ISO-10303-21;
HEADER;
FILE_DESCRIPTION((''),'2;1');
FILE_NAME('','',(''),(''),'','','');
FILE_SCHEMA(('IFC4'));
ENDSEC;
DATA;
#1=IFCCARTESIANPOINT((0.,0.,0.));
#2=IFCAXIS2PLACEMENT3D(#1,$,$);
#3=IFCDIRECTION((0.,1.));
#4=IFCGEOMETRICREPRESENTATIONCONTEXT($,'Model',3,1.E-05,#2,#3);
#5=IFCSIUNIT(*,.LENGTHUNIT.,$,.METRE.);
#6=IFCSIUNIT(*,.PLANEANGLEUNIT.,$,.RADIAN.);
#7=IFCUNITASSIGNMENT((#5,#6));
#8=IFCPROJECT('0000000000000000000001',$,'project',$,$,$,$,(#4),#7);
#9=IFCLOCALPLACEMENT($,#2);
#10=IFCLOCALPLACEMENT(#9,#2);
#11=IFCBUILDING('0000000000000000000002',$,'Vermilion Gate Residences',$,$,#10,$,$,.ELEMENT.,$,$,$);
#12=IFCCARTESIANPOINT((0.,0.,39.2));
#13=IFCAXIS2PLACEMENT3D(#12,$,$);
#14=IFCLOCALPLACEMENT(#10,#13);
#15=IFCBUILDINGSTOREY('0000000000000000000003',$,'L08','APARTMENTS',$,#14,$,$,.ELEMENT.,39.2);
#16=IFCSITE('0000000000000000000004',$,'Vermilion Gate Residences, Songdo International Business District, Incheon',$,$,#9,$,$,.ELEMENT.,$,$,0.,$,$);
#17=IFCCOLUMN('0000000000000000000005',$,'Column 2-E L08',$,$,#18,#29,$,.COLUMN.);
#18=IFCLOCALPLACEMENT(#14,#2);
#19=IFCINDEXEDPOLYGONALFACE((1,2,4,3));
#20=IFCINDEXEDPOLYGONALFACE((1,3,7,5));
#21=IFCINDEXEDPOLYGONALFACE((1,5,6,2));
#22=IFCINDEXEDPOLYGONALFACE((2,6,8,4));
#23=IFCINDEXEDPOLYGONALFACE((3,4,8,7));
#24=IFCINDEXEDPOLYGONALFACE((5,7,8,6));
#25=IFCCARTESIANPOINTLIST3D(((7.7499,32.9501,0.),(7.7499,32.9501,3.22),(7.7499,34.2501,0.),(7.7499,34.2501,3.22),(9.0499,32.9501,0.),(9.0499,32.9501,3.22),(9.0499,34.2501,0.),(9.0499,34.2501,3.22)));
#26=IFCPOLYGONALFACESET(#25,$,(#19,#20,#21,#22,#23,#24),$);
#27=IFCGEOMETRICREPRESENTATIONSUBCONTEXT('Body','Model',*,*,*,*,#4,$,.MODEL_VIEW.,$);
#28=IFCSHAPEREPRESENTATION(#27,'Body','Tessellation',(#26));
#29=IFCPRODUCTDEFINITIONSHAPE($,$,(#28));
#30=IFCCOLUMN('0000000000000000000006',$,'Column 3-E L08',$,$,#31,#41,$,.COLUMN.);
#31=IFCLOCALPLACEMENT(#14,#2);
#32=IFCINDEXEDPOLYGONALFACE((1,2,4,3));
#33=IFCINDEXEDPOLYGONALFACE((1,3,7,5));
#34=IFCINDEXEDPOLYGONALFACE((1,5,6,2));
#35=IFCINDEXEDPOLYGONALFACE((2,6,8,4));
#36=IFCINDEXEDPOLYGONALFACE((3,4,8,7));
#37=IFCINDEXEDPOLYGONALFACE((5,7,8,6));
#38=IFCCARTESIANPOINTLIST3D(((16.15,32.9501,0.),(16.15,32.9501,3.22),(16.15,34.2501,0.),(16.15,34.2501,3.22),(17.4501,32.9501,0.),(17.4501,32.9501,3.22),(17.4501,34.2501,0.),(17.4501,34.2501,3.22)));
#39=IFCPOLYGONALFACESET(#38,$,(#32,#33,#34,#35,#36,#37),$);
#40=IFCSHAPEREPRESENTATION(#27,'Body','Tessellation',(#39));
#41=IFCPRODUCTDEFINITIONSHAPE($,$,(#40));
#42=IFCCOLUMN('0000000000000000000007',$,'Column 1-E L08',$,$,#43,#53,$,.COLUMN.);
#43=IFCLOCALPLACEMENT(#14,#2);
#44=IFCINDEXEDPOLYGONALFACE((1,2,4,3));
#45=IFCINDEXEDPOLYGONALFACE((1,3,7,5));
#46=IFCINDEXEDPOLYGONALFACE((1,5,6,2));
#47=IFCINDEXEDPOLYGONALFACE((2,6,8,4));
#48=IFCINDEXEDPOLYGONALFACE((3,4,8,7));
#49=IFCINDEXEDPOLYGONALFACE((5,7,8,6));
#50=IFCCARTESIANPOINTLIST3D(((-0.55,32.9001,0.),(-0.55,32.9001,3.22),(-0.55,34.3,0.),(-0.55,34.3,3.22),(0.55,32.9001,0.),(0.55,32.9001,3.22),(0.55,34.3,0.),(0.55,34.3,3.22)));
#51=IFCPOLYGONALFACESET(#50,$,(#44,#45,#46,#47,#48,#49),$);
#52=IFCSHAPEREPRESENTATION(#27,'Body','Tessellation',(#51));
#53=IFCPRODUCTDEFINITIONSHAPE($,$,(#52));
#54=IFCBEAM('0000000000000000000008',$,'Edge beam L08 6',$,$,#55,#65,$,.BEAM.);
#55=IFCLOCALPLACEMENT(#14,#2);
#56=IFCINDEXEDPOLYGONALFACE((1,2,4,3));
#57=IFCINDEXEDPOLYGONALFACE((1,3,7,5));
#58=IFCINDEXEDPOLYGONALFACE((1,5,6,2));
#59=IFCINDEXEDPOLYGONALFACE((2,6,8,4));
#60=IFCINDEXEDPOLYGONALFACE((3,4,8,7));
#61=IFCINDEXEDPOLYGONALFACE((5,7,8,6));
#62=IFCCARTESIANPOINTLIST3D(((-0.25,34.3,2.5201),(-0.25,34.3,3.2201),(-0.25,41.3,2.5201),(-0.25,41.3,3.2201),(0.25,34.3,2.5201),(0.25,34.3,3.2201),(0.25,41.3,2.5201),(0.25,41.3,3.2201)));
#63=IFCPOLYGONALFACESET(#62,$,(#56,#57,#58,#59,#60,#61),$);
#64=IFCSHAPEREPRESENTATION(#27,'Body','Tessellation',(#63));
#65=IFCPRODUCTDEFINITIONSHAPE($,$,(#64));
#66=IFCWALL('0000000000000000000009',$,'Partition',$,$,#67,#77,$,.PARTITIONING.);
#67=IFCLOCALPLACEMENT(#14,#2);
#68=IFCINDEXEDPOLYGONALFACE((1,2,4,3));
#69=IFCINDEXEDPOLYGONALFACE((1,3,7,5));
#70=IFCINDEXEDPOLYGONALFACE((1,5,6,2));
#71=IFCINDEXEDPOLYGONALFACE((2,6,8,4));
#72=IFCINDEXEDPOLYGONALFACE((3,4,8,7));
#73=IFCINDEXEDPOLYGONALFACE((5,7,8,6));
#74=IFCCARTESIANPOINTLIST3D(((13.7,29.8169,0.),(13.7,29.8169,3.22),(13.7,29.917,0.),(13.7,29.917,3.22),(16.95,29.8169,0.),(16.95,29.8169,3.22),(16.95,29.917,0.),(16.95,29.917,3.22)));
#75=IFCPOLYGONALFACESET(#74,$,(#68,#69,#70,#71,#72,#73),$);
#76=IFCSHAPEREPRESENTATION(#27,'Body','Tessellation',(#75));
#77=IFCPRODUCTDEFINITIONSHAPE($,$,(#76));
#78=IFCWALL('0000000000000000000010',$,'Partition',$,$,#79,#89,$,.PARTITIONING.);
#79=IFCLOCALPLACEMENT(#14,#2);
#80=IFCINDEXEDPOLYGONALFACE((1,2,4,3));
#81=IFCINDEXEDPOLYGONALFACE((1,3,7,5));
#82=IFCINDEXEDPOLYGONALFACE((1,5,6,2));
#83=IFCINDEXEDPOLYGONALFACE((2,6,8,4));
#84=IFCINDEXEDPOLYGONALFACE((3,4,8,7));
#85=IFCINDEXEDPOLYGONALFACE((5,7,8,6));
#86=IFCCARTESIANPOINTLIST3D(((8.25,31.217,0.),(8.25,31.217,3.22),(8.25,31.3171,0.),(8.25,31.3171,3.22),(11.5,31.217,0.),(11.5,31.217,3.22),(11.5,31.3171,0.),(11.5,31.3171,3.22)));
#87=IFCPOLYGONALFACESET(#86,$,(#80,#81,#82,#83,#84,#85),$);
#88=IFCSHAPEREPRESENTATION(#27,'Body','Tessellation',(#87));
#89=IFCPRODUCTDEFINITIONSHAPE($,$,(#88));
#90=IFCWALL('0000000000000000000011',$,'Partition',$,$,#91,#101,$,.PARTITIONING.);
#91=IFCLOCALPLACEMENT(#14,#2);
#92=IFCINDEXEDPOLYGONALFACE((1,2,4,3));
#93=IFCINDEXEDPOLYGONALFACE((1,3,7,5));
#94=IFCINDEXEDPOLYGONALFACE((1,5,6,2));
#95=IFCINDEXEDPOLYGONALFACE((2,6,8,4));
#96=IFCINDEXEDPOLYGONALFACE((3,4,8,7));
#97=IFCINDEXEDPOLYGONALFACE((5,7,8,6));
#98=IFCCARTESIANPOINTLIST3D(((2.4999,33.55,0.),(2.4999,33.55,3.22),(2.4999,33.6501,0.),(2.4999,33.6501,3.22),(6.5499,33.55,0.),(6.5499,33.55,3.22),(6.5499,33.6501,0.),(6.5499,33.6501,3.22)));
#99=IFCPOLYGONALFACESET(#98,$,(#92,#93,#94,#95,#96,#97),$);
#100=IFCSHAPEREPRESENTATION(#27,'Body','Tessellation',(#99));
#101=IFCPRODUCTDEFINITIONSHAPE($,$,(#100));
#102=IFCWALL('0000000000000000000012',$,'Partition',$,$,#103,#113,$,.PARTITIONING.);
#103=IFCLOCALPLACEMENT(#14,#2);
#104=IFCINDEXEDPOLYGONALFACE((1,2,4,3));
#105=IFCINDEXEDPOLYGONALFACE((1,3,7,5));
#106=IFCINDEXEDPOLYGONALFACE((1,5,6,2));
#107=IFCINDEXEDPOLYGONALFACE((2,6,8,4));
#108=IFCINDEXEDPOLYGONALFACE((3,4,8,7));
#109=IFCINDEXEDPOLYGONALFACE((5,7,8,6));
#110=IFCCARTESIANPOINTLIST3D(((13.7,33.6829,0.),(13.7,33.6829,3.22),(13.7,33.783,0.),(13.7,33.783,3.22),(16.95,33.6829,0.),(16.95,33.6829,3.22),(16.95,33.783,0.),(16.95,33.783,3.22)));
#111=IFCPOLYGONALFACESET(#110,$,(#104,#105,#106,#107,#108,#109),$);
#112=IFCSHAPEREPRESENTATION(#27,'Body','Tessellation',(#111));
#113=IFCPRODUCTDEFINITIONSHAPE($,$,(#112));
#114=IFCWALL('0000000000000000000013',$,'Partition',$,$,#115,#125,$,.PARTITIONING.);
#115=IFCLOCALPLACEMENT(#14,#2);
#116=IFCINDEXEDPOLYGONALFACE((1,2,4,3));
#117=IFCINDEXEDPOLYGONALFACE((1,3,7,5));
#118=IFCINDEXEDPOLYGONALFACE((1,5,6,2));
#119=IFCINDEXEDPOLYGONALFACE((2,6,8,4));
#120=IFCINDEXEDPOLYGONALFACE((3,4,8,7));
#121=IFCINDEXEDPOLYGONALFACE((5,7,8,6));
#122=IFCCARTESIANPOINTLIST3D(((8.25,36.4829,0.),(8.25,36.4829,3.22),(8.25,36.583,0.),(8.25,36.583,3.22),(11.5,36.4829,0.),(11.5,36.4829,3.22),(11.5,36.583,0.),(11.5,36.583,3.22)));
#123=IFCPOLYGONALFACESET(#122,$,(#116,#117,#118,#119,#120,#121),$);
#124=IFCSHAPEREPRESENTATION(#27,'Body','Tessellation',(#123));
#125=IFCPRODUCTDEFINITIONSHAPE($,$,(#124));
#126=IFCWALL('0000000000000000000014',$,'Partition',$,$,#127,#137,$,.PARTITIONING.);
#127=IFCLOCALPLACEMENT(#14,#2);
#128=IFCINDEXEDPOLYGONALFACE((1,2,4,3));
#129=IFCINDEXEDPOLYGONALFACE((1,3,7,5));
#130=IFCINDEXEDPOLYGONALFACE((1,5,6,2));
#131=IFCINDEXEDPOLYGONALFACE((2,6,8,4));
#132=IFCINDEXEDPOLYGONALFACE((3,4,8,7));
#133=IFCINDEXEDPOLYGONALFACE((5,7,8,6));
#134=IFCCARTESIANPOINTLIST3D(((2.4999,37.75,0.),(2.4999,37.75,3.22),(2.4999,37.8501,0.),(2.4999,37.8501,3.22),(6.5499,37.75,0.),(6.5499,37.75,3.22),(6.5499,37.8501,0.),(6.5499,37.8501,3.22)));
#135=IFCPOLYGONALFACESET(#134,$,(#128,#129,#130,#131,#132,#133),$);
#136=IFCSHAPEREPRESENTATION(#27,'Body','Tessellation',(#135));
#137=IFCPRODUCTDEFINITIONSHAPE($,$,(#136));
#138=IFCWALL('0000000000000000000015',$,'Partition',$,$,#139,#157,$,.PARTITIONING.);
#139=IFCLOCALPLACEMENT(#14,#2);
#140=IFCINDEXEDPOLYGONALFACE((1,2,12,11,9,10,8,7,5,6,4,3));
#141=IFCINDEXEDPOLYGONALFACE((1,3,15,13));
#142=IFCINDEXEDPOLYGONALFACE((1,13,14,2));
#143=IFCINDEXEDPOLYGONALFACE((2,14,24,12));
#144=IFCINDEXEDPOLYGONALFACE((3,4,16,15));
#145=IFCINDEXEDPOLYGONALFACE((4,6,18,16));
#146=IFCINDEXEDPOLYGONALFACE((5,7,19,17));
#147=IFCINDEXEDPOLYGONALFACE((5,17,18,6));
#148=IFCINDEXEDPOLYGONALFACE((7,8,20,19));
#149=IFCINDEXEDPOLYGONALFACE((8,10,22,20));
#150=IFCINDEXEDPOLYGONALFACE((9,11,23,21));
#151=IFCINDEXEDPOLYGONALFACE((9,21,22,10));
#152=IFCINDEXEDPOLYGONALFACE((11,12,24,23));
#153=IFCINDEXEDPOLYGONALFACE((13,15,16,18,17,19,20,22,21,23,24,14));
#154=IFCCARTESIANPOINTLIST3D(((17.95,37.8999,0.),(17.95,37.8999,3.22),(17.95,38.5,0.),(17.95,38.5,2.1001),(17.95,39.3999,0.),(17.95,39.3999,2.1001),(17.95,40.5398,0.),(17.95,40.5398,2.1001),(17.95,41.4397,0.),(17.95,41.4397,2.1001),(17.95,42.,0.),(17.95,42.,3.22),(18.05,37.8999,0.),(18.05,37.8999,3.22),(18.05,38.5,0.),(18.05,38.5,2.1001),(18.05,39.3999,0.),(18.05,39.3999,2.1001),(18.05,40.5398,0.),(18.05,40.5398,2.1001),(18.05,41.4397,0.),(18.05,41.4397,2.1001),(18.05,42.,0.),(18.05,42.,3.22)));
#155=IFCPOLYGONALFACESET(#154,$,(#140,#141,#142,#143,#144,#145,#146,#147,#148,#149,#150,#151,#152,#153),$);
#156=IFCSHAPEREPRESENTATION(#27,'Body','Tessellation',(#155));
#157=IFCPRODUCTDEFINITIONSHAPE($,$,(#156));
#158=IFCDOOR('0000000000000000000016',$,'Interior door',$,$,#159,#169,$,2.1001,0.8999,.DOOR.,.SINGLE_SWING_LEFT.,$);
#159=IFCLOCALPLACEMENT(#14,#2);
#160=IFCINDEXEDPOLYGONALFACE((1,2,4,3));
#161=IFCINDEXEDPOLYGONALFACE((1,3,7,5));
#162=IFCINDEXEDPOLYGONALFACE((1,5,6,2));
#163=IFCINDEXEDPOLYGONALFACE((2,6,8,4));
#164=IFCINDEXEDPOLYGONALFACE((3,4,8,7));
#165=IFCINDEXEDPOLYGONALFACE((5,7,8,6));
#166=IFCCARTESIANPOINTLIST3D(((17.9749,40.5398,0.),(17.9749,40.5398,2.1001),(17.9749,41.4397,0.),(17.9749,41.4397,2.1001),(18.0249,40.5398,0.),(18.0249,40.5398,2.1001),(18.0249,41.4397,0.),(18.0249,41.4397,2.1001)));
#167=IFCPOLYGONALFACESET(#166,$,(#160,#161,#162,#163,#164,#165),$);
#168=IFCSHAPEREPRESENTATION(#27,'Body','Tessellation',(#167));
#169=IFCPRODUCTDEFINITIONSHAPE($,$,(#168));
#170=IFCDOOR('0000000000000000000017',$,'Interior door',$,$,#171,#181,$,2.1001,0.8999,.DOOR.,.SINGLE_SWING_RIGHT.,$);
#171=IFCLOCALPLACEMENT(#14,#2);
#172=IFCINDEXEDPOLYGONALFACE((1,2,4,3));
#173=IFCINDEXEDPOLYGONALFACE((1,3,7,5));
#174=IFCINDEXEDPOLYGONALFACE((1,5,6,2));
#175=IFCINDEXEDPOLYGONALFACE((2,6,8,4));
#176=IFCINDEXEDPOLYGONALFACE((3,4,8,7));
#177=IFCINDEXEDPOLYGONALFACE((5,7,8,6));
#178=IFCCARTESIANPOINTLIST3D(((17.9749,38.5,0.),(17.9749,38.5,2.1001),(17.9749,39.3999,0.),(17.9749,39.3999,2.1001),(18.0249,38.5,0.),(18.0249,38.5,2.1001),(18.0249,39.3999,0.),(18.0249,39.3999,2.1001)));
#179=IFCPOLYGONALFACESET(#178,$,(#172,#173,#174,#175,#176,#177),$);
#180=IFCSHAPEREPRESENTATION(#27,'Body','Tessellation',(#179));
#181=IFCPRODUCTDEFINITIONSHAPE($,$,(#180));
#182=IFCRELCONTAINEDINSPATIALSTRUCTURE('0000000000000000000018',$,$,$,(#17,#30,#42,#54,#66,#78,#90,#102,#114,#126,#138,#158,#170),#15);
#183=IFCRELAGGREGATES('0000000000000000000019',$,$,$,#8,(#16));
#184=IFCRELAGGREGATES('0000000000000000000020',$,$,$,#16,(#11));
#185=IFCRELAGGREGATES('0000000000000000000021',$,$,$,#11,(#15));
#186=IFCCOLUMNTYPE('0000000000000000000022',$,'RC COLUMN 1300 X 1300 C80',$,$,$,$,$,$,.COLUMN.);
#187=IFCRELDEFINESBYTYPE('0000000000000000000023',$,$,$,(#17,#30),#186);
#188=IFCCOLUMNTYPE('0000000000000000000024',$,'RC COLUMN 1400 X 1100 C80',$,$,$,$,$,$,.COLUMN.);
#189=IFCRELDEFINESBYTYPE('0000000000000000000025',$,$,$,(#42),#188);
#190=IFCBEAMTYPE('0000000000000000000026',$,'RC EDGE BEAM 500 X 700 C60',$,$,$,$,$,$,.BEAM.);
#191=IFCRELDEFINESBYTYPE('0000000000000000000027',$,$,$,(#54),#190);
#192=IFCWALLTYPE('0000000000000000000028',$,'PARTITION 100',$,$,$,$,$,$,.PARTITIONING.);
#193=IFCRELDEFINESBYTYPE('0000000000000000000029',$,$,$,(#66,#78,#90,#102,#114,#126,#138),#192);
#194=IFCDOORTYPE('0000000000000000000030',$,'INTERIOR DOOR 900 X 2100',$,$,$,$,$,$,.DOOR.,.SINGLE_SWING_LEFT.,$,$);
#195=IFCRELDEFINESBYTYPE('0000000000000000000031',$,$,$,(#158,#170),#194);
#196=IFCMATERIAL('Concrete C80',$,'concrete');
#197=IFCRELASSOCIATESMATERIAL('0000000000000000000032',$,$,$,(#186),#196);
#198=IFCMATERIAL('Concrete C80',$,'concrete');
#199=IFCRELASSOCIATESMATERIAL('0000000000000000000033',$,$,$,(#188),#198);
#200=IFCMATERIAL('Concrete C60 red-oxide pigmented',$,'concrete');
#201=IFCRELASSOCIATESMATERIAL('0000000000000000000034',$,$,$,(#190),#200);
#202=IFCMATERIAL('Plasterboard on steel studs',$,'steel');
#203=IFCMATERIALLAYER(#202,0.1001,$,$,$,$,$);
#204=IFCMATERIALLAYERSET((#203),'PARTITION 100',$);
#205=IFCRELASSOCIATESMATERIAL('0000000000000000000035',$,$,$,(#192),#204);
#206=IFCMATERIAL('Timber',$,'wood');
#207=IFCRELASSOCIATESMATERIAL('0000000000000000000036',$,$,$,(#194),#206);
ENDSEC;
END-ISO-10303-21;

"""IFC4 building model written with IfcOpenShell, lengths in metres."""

from ifc_helpers import new_model, si_unit, direction, frame, frame_2d, origin, origin_2d, place, context, subcontext, project, spatial, rectangle, extrude, material, layer, layer_set, material_profile, profile_set, type_object, element, fill, save


model = new_model("IFC4")

# Units and contexts
model_context = context("Model", 3, precision=1e-05, world=origin(), true_north=direction((0.0, 1.0)))
body_context = subcontext(model_context, "Body", "Model", "MODEL_VIEW")
ifc_project = project(units=[si_unit("LENGTHUNIT", "METRE"), si_unit("PLANEANGLEUNIT", "RADIAN")], contexts=[model_context])

# Site, building, storey
site_placement = place(None, origin())
site = spatial("IfcSite", under=ifc_project, at=site_placement, Name="Vermilion Gate Residences, Songdo International Business District, Incheon", CompositionType="ELEMENT", RefElevation=0.0)
building_placement = place(site_placement, origin())
building = spatial("IfcBuilding", under=site, at=building_placement, Name="Vermilion Gate Residences", CompositionType="ELEMENT")
storey_placement = place(building_placement, frame((0.0, 0.0, 39.2)))
storey = spatial("IfcBuildingStorey", under=building, at=storey_placement, Name="L08", Description="APARTMENTS", CompositionType="ELEMENT", Elevation=39.2)

# Columns
ifc_material_1 = material(Name="Concrete C80", Category="concrete")
ifc_material_profile_1 = material_profile(ifc_material_1, rectangle(XDim=1.3, YDim=1.3, at=origin_2d()), Name="RC-1300x1300")
ifc_profile_set_1 = profile_set([ifc_material_profile_1], Name="Concrete C80")
column_type_1 = type_object("IfcColumnType", Name="RC COLUMN 1300 X 1300 C80", PredefinedType="COLUMN", material=ifc_profile_set_1)
for number, where, z_axis, x_axis, name in (
    (1, (8.3999, 33.6001, 0.0), (0.0, 0.0, 1.0), (1.0, 0.0, 0.0), "Column 2-E L08"),
    (2, (16.8, 33.6001, 0.0), (0.0, 0.0, 1.0), (1.0, 0.0, 0.0), "Column 3-E L08"),
):
    element("IfcColumn", number, at=place(storey_placement, frame(where, z_axis=z_axis, x_axis=x_axis)), inside=storey, type_object=column_type_1, Name=name, PredefinedType="COLUMN", context=body_context, shape_type="SweptSolid", body=[
        extrude(rectangle(XDim=1.3, YDim=1.3, at=origin_2d()), origin(), (0.0, 0.0, 1.0), 3.22),
    ])
ifc_material_2 = material(Name="Concrete C80", Category="concrete")
ifc_material_profile_2 = material_profile(ifc_material_2, rectangle(XDim=1.3999, YDim=1.1001, at=origin_2d()), Name="RC-1400x1100")
ifc_profile_set_2 = profile_set([ifc_material_profile_2], Name="Concrete C80")
column_type_2 = type_object("IfcColumnType", Name="RC COLUMN 1400 X 1100 C80", PredefinedType="COLUMN", material=ifc_profile_set_2)
column_placement = place(storey_placement, frame((0.0, 33.6001, 0.0), z_axis=(0.0, 0.0, 1.0), x_axis=(0.0, 1.0, 0.0)))
element("IfcColumn", 3, at=column_placement, inside=storey, type_object=column_type_2, Name="Column 1-E L08", PredefinedType="COLUMN", context=body_context, shape_type="SweptSolid", body=[
    extrude(rectangle(XDim=1.3999, YDim=1.1001, at=origin_2d()), origin(), (0.0, 0.0, 1.0), 3.22),
])

# Beam
ifc_material_3 = material(Name="Concrete C60 red-oxide pigmented", Category="concrete")
ifc_material_profile_3 = material_profile(ifc_material_3, rectangle(XDim=0.5, YDim=0.7, at=origin_2d()), Name="RC-500x700")
ifc_profile_set_3 = profile_set([ifc_material_profile_3], Name="Concrete C60 red-oxide pigmented")
beam_type = type_object("IfcBeamType", Name="RC EDGE BEAM 500 X 700 C60", PredefinedType="BEAM", material=ifc_profile_set_3)
beam_placement = place(storey_placement, frame((0.0, 34.3, 2.8701), z_axis=(0.0, 1.0, 0.0), x_axis=(-1.0, 0.0, 0.0)))
element("IfcBeam", 4, at=beam_placement, inside=storey, type_object=beam_type, Name="Edge beam L08 6", PredefinedType="BEAM", context=body_context, shape_type="SweptSolid", body=[
    extrude(rectangle(XDim=0.5, YDim=0.7, at=origin_2d()), origin(), (0.0, 0.0, 1.0), 7.0),
])

# Walls
ifc_material_4 = material(Name="Plasterboard on steel studs", Category="steel")
ifc_layer_1 = layer(ifc_material_4, 0.1001)
ifc_layer_set_1 = layer_set([ifc_layer_1], Name="PARTITION 100")
wall_type_1 = type_object("IfcWallType", Name="PARTITION 100", PredefinedType="PARTITIONING", material=ifc_layer_set_1)
for number, where, z_axis, x_axis, name in (
    (5, (13.7, 29.8669, 0.0), (0.0, 0.0, 1.0), (1.0, 0.0, 0.0), "Partition"),
    (6, (8.25, 31.2671, 0.0), (0.0, 0.0, 1.0), (1.0, 0.0, 0.0), "Partition"),
):
    element("IfcWall", number, at=place(storey_placement, frame(where, z_axis=z_axis, x_axis=x_axis)), inside=storey, type_object=wall_type_1, Name=name, PredefinedType="PARTITIONING", context=body_context, shape_type="SweptSolid", body=[
        extrude(rectangle(XDim=3.25, YDim=0.1001, at=frame_2d((1.625, 0.0))), origin(), (0.0, 0.0, 1.0), 3.22),
    ])
wall_1_placement = place(storey_placement, frame((2.5, 33.6001, 0.0), z_axis=(0.0, 0.0, 1.0), x_axis=(1.0, 0.0, 0.0)))
element("IfcWall", 7, at=wall_1_placement, inside=storey, type_object=wall_type_1, Name="Partition", PredefinedType="PARTITIONING", context=body_context, shape_type="SweptSolid", body=[
    extrude(rectangle(XDim=4.05, YDim=0.1001, at=frame_2d((2.0249, 0.0))), origin(), (0.0, 0.0, 1.0), 3.22),
])
for number, where, z_axis, x_axis, name in (
    (8, (13.7, 33.7329, 0.0), (0.0, 0.0, 1.0), (1.0, 0.0, 0.0), "Partition"),
    (9, (8.25, 36.533, 0.0), (0.0, 0.0, 1.0), (1.0, 0.0, 0.0), "Partition"),
):
    element("IfcWall", number, at=place(storey_placement, frame(where, z_axis=z_axis, x_axis=x_axis)), inside=storey, type_object=wall_type_1, Name=name, PredefinedType="PARTITIONING", context=body_context, shape_type="SweptSolid", body=[
        extrude(rectangle(XDim=3.25, YDim=0.1001, at=frame_2d((1.625, 0.0))), origin(), (0.0, 0.0, 1.0), 3.22),
    ])
wall_2_placement = place(storey_placement, frame((2.5, 37.8, 0.0), z_axis=(0.0, 0.0, 1.0), x_axis=(1.0, 0.0, 0.0)))
element("IfcWall", 10, at=wall_2_placement, inside=storey, type_object=wall_type_1, Name="Partition", PredefinedType="PARTITIONING", context=body_context, shape_type="SweptSolid", body=[
    extrude(rectangle(XDim=4.05, YDim=0.1001, at=frame_2d((2.0249, 0.0))), origin(), (0.0, 0.0, 1.0), 3.22),
])

# Wall, openings, doors
wall_3_placement = place(storey_placement, frame((18.0, 37.8999, 0.0), z_axis=(0.0, 0.0, 1.0), x_axis=(0.0, 1.0, 0.0)))
wall_3 = element("IfcWall", 11, at=wall_3_placement, inside=storey, type_object=wall_type_1, Name="Partition", PredefinedType="PARTITIONING", context=body_context, shape_type="SweptSolid", body=[
    extrude(rectangle(XDim=4.1001, YDim=0.1001, at=frame_2d((2.05, 0.0))), origin(), (0.0, 0.0, 1.0), 3.22),
])
opening_1_placement = place(wall_3_placement, frame((2.6399, 0.0, 0.0)))
opening_1 = element("IfcOpeningElement", 12, at=opening_1_placement, cuts=wall_3, PredefinedType="OPENING", context=body_context, shape_type="SweptSolid", body=[
    extrude(rectangle(XDim=0.8999, YDim=2.1001, at=frame_2d((0.45, 1.05))), frame((0.0, 0.0601, 0.0), z_axis=(0.0, -1.0, 0.0), x_axis=(1.0, 0.0, 0.0)), (0.0, 0.0, 1.0), 0.1201),
])
opening_2_placement = place(wall_3_placement, frame((0.6001, 0.0, 0.0)))
opening_2 = element("IfcOpeningElement", 13, at=opening_2_placement, cuts=wall_3, PredefinedType="OPENING", context=body_context, shape_type="SweptSolid", body=[
    extrude(rectangle(XDim=0.8999, YDim=2.1001, at=frame_2d((0.45, 1.05))), frame((0.0, 0.0601, 0.0), z_axis=(0.0, -1.0, 0.0), x_axis=(1.0, 0.0, 0.0)), (0.0, 0.0, 1.0), 0.1201),
])
ifc_material_5 = material(Name="Timber", Category="wood")
door_type = type_object("IfcDoorType", Name="INTERIOR DOOR 900 X 2100", OperationType="SINGLE_SWING_LEFT", PredefinedType="DOOR", material=ifc_material_5)
door_1_placement = place(opening_1_placement, frame((0.8999, 0.0, 0.0), z_axis=(0.0, 0.0, 1.0), x_axis=(-1.0, 0.0, 0.0)))
door_1 = element("IfcDoor", 14, at=door_1_placement, inside=storey, type_object=door_type, Name="Interior door", OperationType="SINGLE_SWING_LEFT", OverallHeight=2.1001, OverallWidth=0.8999, PredefinedType="DOOR", context=body_context, shape_type="SweptSolid", body=[
    extrude(rectangle(XDim=0.8999, YDim=2.1001, at=frame_2d((0.45, 1.05))), frame((0.0, 0.0249, 0.0), z_axis=(0.0, -1.0, 0.0), x_axis=(1.0, 0.0, 0.0)), (0.0, 0.0, 1.0), 0.05),
])
fill(opening_1, door_1)
door_2_placement = place(opening_2_placement, frame((0.8999, 0.0, 0.0), z_axis=(0.0, 0.0, 1.0), x_axis=(-1.0, 0.0, 0.0)))
door_2 = element("IfcDoor", 15, at=door_2_placement, inside=storey, type_object=door_type, Name="Interior door", OperationType="SINGLE_SWING_RIGHT", OverallHeight=2.1001, OverallWidth=0.8999, PredefinedType="DOOR", context=body_context, shape_type="SweptSolid", body=[
    extrude(rectangle(XDim=0.8999, YDim=2.1001, at=frame_2d((0.45, 1.05))), frame((0.0, 0.0249, 0.0), z_axis=(0.0, -1.0, 0.0), x_axis=(1.0, 0.0, 0.0)), (0.0, 0.0, 1.0), 0.05),
])
fill(opening_2, door_2)

save(model, "model.ifc")
